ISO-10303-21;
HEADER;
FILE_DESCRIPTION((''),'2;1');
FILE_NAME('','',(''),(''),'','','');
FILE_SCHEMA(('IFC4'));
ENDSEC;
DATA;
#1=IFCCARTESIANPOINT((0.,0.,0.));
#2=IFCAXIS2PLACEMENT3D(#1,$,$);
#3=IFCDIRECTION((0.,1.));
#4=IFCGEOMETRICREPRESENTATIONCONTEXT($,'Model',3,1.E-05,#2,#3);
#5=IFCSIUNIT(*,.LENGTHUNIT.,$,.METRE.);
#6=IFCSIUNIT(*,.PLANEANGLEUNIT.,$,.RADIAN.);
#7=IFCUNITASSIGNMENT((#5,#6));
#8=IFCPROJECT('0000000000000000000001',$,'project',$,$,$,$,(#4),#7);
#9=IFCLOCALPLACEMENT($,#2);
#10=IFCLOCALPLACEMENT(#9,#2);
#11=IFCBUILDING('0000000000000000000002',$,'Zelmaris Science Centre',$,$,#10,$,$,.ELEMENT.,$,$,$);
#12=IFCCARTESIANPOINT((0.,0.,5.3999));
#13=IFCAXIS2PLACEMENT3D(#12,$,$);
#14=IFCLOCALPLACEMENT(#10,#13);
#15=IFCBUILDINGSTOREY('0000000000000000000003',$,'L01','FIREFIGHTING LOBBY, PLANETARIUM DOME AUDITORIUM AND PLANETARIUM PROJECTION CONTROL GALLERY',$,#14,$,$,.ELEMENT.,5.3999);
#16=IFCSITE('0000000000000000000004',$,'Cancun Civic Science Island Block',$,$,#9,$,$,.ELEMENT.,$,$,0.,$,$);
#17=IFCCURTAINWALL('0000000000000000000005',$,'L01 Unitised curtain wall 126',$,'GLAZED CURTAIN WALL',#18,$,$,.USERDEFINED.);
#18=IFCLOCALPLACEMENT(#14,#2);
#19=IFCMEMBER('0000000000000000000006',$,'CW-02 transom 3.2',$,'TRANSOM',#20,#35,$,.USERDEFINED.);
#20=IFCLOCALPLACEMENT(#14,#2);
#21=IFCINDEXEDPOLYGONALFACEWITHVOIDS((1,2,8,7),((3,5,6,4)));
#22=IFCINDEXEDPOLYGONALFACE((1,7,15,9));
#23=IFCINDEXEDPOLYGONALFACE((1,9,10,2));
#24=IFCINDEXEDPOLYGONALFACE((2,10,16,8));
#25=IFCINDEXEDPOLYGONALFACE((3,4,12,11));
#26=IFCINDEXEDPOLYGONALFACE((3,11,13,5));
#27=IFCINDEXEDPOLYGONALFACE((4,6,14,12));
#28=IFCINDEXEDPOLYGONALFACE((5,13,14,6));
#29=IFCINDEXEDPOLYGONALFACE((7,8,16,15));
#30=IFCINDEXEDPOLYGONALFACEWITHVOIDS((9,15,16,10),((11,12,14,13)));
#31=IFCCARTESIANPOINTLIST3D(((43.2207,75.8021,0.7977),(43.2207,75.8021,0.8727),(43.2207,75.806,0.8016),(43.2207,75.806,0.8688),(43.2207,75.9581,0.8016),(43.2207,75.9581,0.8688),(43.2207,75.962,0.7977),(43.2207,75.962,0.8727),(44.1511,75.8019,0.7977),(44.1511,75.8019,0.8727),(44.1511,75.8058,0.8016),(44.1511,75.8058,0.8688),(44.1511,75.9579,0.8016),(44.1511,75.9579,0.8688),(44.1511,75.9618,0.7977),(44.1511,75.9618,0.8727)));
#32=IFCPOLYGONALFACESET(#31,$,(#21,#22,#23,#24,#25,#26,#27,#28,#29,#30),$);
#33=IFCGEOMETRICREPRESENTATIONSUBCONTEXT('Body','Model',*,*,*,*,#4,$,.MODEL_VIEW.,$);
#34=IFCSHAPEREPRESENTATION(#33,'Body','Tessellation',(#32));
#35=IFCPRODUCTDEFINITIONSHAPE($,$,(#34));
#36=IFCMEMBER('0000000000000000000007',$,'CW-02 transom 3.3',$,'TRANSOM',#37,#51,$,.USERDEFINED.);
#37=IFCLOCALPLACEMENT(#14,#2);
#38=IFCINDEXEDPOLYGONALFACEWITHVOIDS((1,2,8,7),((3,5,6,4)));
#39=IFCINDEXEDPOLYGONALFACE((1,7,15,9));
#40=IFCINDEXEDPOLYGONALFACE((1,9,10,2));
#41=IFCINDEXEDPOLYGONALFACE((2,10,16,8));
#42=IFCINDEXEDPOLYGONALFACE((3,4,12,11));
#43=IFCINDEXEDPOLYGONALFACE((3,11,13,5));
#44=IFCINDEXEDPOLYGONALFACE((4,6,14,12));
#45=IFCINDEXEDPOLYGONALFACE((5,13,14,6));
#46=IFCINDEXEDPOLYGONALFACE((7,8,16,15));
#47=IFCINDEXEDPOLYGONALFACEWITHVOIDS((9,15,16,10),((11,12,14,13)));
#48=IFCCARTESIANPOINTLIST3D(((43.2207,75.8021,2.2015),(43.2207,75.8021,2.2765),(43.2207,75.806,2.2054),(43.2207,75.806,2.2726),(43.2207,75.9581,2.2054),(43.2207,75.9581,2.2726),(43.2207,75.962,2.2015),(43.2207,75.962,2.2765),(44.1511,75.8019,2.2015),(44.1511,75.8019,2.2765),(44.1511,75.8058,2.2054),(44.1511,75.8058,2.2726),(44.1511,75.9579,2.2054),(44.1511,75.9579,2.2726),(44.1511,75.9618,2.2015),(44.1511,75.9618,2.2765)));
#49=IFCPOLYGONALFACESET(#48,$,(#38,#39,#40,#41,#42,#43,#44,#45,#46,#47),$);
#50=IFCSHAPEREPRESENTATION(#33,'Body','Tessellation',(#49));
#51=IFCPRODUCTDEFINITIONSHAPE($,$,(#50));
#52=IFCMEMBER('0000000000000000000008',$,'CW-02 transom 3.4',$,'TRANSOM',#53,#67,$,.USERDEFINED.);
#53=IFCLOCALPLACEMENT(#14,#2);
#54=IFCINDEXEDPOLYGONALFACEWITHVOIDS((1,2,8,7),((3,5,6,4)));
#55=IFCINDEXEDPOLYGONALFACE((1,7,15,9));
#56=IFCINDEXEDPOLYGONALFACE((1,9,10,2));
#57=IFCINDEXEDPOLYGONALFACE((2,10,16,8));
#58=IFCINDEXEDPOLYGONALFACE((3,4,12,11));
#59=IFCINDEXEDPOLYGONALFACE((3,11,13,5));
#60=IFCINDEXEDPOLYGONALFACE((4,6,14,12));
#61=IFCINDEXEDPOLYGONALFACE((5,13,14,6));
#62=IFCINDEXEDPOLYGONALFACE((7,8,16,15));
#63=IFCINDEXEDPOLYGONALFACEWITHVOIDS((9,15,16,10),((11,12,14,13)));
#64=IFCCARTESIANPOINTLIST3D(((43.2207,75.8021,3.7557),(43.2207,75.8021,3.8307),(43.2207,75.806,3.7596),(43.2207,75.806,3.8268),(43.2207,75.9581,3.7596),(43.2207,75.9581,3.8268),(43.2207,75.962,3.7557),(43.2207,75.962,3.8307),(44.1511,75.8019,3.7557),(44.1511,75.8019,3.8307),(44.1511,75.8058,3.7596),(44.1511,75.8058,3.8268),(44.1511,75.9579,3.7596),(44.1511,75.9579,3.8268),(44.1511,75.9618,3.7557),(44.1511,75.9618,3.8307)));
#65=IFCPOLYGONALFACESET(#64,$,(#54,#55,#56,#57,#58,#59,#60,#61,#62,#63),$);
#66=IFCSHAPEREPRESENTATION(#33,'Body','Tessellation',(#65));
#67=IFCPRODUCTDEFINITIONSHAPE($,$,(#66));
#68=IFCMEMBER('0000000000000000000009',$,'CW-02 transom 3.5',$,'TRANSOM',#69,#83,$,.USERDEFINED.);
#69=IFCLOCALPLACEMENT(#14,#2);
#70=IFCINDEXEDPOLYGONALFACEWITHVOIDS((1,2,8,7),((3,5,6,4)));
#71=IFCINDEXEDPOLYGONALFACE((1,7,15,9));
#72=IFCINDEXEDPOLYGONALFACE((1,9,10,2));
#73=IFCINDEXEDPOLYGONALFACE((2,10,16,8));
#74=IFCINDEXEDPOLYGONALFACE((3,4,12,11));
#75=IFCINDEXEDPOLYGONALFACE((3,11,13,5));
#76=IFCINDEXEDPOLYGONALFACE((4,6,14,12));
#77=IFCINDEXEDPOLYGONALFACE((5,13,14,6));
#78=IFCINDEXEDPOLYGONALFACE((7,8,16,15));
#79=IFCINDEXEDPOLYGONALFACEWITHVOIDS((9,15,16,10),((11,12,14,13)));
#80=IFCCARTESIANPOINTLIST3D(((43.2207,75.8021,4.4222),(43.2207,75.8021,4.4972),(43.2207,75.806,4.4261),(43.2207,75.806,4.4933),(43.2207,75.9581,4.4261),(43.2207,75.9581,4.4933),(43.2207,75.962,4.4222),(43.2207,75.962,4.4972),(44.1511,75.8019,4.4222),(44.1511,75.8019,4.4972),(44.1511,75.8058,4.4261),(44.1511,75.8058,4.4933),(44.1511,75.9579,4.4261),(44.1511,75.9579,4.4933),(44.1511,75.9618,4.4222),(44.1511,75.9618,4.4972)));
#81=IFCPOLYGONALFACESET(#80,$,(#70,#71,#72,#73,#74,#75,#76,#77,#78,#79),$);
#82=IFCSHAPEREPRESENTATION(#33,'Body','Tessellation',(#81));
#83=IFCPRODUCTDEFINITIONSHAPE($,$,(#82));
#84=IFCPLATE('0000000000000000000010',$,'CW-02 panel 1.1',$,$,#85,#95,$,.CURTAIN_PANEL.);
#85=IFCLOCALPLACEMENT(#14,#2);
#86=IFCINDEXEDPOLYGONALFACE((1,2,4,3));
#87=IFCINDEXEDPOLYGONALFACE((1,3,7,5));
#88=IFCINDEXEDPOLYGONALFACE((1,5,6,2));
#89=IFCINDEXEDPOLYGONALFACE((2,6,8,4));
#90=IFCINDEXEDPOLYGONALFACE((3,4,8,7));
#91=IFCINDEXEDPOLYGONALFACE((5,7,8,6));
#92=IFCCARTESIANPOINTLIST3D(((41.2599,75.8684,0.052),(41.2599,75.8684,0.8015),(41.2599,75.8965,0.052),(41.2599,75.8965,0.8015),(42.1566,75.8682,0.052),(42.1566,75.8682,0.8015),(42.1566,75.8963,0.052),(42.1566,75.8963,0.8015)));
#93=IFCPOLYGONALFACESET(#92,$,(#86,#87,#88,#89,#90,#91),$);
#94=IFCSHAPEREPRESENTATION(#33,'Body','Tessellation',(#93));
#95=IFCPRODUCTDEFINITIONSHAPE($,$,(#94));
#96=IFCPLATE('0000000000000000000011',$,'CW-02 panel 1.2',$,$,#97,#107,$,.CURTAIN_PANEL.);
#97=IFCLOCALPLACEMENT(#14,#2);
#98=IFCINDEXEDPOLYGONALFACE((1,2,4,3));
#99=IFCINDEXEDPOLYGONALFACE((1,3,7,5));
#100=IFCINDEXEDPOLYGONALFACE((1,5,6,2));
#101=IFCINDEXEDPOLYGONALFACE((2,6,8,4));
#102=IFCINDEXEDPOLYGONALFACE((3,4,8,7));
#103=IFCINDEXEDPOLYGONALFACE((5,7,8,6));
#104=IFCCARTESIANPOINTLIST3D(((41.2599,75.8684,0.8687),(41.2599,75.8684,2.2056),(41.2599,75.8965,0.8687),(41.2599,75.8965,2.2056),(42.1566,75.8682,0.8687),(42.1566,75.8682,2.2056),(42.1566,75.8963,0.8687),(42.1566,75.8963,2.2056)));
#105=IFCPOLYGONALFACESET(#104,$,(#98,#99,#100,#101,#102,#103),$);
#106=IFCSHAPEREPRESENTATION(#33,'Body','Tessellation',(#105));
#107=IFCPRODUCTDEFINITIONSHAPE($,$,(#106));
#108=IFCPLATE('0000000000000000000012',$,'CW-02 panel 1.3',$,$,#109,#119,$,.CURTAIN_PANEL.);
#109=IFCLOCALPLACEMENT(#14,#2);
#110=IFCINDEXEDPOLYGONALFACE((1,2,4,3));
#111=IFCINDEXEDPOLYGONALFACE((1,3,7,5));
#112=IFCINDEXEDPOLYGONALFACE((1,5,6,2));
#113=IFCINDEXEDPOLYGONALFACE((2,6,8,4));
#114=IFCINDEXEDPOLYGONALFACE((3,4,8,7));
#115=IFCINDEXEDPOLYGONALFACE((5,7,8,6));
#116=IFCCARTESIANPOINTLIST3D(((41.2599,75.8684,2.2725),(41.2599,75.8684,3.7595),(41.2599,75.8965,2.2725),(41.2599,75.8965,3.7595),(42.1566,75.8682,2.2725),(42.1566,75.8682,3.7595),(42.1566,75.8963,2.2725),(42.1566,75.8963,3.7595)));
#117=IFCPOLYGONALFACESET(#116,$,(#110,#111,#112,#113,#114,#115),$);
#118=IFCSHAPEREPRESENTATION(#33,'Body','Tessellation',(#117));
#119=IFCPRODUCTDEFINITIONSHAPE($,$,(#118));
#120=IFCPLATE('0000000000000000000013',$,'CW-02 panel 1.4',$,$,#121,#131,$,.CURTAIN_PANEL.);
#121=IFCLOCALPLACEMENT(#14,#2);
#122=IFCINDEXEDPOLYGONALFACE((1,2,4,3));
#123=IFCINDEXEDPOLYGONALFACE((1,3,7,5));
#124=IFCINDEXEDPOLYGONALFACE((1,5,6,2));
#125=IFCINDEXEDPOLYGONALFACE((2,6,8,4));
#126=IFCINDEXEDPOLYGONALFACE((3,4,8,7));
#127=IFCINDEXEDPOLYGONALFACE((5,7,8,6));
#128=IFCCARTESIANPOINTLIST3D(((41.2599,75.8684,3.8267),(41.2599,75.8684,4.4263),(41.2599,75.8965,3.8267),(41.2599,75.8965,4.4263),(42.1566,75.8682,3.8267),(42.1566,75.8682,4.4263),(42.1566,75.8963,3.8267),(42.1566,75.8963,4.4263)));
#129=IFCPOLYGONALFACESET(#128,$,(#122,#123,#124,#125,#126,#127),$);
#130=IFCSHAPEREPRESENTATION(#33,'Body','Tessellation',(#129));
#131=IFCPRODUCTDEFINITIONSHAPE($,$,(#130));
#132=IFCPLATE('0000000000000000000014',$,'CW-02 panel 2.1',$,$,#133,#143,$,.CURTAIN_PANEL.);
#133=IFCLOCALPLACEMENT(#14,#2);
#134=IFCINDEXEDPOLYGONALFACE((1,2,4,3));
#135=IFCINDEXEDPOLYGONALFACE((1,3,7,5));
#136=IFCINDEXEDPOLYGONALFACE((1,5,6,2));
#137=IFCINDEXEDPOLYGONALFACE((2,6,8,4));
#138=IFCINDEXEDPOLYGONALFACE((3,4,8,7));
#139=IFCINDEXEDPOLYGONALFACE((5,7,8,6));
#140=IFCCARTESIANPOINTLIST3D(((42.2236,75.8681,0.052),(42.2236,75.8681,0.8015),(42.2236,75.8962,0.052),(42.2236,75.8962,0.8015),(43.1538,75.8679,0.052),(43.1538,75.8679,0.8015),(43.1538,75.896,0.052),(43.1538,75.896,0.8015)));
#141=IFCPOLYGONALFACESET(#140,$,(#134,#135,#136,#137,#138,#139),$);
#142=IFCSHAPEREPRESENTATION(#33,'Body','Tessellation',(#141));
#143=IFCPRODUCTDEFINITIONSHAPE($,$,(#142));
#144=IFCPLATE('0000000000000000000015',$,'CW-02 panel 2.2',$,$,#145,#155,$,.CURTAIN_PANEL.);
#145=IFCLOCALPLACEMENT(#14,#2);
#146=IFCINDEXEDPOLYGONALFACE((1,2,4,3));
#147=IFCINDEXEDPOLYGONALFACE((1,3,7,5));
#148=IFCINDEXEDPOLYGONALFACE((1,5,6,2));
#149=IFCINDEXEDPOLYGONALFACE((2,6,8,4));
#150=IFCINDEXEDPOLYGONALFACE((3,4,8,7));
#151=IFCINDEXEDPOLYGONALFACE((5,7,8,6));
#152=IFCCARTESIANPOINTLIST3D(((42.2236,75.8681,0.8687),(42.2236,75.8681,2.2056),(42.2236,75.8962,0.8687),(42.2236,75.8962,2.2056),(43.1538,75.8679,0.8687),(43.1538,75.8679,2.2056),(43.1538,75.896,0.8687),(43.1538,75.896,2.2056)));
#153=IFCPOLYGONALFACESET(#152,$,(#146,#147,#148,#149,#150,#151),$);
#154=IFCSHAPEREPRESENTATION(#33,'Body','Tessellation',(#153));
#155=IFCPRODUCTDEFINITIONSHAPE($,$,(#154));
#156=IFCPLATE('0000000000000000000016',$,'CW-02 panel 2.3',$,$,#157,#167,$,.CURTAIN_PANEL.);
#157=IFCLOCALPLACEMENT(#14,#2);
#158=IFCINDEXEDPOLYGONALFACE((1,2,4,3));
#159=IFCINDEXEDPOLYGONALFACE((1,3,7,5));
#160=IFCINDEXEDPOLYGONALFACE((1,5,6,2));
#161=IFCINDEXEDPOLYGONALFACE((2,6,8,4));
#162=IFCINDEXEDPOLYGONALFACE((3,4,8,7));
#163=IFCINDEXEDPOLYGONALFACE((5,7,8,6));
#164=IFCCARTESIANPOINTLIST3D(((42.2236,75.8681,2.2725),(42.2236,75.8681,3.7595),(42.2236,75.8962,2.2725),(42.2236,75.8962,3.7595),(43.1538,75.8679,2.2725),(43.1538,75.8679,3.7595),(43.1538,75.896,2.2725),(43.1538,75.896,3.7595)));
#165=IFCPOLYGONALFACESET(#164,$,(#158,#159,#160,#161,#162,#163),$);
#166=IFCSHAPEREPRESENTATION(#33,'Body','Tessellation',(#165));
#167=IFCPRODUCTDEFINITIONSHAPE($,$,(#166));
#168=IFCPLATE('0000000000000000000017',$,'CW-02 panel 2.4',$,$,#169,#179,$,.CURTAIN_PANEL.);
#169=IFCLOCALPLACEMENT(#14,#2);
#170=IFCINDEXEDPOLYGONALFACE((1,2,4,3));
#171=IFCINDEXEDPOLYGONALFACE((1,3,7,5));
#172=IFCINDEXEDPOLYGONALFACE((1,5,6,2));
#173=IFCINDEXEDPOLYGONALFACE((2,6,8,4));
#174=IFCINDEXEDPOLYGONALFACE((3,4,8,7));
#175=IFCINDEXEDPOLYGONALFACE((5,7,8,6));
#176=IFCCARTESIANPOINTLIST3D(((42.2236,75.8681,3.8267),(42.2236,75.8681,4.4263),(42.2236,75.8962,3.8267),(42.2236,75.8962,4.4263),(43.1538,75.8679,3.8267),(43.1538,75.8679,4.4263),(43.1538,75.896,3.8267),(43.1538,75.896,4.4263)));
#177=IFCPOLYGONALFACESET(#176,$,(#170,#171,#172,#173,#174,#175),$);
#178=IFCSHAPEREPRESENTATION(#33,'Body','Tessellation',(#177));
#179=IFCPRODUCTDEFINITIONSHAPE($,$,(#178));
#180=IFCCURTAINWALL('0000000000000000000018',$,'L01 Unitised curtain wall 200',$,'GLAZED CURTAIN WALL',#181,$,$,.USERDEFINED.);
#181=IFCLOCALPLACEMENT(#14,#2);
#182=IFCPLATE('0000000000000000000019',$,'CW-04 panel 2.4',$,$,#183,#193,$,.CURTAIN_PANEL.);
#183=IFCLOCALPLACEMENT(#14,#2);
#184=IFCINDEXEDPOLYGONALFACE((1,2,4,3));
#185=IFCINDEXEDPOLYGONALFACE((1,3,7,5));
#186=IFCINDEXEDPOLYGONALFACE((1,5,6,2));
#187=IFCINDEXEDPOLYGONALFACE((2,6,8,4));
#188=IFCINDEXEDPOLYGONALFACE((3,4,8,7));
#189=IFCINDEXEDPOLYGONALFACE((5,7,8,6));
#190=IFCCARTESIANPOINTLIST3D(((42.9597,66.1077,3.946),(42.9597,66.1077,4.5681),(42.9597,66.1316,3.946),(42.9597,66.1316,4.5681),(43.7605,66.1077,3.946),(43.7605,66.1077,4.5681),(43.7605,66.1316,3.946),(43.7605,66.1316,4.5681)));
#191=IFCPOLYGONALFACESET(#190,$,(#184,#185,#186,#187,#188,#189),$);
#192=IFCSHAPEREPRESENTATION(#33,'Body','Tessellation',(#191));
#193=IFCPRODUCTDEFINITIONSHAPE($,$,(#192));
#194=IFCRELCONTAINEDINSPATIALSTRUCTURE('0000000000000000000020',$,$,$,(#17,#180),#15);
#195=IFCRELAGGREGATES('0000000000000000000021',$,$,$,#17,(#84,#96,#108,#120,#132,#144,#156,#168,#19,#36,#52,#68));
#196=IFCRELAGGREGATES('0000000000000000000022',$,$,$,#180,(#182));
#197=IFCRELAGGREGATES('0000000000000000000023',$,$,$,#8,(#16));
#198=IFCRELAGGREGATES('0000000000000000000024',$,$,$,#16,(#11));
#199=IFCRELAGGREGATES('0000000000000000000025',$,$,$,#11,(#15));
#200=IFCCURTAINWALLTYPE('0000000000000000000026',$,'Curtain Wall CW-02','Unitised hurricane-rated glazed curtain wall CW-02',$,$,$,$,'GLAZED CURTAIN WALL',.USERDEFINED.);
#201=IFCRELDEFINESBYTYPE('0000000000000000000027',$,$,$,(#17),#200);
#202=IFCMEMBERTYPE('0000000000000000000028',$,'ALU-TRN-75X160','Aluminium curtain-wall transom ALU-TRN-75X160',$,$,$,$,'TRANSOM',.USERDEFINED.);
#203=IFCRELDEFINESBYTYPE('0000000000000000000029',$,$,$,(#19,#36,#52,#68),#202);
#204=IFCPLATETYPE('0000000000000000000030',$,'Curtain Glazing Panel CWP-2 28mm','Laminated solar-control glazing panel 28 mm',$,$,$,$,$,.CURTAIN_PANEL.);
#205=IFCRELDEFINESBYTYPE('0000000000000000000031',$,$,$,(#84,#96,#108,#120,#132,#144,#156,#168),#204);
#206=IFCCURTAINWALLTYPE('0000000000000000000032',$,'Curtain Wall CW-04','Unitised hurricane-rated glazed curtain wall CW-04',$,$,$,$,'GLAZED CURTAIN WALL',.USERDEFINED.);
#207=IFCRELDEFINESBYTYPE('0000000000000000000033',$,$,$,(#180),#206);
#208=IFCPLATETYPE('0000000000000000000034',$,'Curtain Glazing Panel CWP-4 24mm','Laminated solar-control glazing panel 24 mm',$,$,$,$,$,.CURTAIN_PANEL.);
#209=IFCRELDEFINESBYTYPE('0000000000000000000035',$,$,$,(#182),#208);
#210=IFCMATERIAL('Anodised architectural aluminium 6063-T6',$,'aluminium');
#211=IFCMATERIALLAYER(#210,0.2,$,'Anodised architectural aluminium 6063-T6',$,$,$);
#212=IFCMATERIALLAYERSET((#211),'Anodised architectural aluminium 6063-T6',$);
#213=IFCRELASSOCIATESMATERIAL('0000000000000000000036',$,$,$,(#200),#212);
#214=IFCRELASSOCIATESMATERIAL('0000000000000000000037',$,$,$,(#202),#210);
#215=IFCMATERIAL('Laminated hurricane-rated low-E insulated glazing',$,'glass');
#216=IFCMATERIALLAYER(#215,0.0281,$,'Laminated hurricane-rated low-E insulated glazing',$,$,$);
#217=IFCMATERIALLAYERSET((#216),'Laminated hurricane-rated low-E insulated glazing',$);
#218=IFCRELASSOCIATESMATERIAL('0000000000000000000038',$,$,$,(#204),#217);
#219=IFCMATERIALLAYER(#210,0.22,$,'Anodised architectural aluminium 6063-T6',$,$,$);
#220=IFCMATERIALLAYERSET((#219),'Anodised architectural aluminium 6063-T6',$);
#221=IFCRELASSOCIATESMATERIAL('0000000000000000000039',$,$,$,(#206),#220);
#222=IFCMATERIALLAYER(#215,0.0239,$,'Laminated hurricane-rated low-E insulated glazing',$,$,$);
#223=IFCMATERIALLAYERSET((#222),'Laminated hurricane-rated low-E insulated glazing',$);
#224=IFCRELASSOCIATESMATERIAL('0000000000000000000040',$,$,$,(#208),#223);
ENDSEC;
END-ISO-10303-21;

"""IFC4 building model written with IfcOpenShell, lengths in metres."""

from ifc_helpers import new_model, si_unit, direction, frame, origin, origin_2d, place, context, subcontext, project, spatial, rectangle, hollow_rectangle, extrude, material, layer, layer_set, material_profile, profile_set, type_object, element, aggregate, save


model = new_model("IFC4")

# Units and contexts
model_context = context("Model", 3, precision=1e-05, world=origin(), true_north=direction((0.0, 1.0)))
body_context = subcontext(model_context, "Body", "Model", "MODEL_VIEW")
ifc_project = project(units=[si_unit("LENGTHUNIT", "METRE"), si_unit("PLANEANGLEUNIT", "RADIAN")], contexts=[model_context])

# Site, building, storey
site_placement = place(None, origin())
site = spatial("IfcSite", under=ifc_project, at=site_placement, Name="Cancun Civic Science Island Block", CompositionType="ELEMENT", RefElevation=0.0)
building_placement = place(site_placement, origin())
building = spatial("IfcBuilding", under=site, at=building_placement, Name="Zelmaris Science Centre", CompositionType="ELEMENT")
storey_placement = place(building_placement, frame((0.0, 0.0, 5.3999)))
storey = spatial("IfcBuildingStorey", under=building, at=storey_placement, Name="L01", Description="FIREFIGHTING LOBBY, PLANETARIUM DOME AUDITORIUM AND PLANETARIUM PROJECTION CONTROL GALLERY", CompositionType="ELEMENT", Elevation=5.3999)

# Curtain wall, members, plates
ifc_material_1 = material(Name="Anodised architectural aluminium 6063-T6", Category="aluminium")
ifc_layer_1 = layer(ifc_material_1, 0.2, Name="Anodised architectural aluminium 6063-T6")
ifc_layer_set_1 = layer_set([ifc_layer_1], Name="Anodised architectural aluminium 6063-T6")
curtain_wall_type_1 = type_object("IfcCurtainWallType", Name="Curtain Wall CW-02", Description="Unitised hurricane-rated glazed curtain wall CW-02", ElementType="GLAZED CURTAIN WALL", PredefinedType="USERDEFINED", material=ifc_layer_set_1)
curtain_wall_1_placement = place(storey_placement, origin())
curtain_wall_1 = element("IfcCurtainWall", 1, at=curtain_wall_1_placement, inside=storey, type_object=curtain_wall_type_1, Name="L01 Unitised curtain wall 126", ObjectType="GLAZED CURTAIN WALL", PredefinedType="USERDEFINED")
ifc_material_profile_1 = material_profile(ifc_material_1, hollow_rectangle(XDim=0.075, YDim=0.1599, WallThickness=0.0039, at=origin_2d()), Name="ALU-TRN-75X160")
ifc_profile_set_1 = profile_set([ifc_material_profile_1], Name="Anodised architectural aluminium 6063-T6")
member_type_1 = type_object("IfcMemberType", Name="ALU-TRN-75X160", Description="Aluminium curtain-wall transom ALU-TRN-75X160", ElementType="TRANSOM", PredefinedType="USERDEFINED", material=ifc_profile_set_1)
member_1_placement = place(storey_placement, frame((43.2207, 75.8821, 0.8352), z_axis=(1.0, -0.000262, 0.0), x_axis=(0.0, 0.0, 1.0)))
member_1 = element("IfcMember", 2, at=member_1_placement, type_object=member_type_1, Name="CW-02 transom 3.2", ObjectType="TRANSOM", PredefinedType="USERDEFINED", context=body_context, shape_type="SweptSolid", body=[
    extrude(hollow_rectangle(XDim=0.075, YDim=0.1599, WallThickness=0.0039, at=origin_2d()), origin(), (0.0, 0.0, 1.0), 0.9304),
])
member_2_placement = place(storey_placement, frame((43.2207, 75.8821, 2.239), z_axis=(1.0, -0.000262, 0.0), x_axis=(0.0, 0.0, 1.0)))
member_2 = element("IfcMember", 3, at=member_2_placement, type_object=member_type_1, Name="CW-02 transom 3.3", ObjectType="TRANSOM", PredefinedType="USERDEFINED", context=body_context, shape_type="SweptSolid", body=[
    extrude(hollow_rectangle(XDim=0.075, YDim=0.1599, WallThickness=0.0039, at=origin_2d()), origin(), (0.0, 0.0, 1.0), 0.9304),
])
member_3_placement = place(storey_placement, frame((43.2207, 75.8821, 3.7932), z_axis=(1.0, -0.000262, 0.0), x_axis=(0.0, 0.0, 1.0)))
member_3 = element("IfcMember", 4, at=member_3_placement, type_object=member_type_1, Name="CW-02 transom 3.4", ObjectType="TRANSOM", PredefinedType="USERDEFINED", context=body_context, shape_type="SweptSolid", body=[
    extrude(hollow_rectangle(XDim=0.075, YDim=0.1599, WallThickness=0.0039, at=origin_2d()), origin(), (0.0, 0.0, 1.0), 0.9304),
])
member_4_placement = place(storey_placement, frame((43.2207, 75.8821, 4.4597), z_axis=(1.0, -0.000262, 0.0), x_axis=(0.0, 0.0, 1.0)))
member_4 = element("IfcMember", 5, at=member_4_placement, type_object=member_type_1, Name="CW-02 transom 3.5", ObjectType="TRANSOM", PredefinedType="USERDEFINED", context=body_context, shape_type="SweptSolid", body=[
    extrude(hollow_rectangle(XDim=0.075, YDim=0.1599, WallThickness=0.0039, at=origin_2d()), origin(), (0.0, 0.0, 1.0), 0.9304),
])
ifc_material_2 = material(Name="Laminated hurricane-rated low-E insulated glazing", Category="glass")
ifc_layer_2 = layer(ifc_material_2, 0.0281, Name="Laminated hurricane-rated low-E insulated glazing")
ifc_layer_set_2 = layer_set([ifc_layer_2], Name="Laminated hurricane-rated low-E insulated glazing")
plate_type_1 = type_object("IfcPlateType", Name="Curtain Glazing Panel CWP-2 28mm", Description="Laminated solar-control glazing panel 28 mm", PredefinedType="CURTAIN_PANEL", material=ifc_layer_set_2)
plate_1_placement = place(storey_placement, frame((41.7083, 75.8823, 0.052), z_axis=(0.0, 0.0, 1.0), x_axis=(1.0, -0.000201, 0.0)))
plate_1 = element("IfcPlate", 6, at=plate_1_placement, type_object=plate_type_1, Name="CW-02 panel 1.1", PredefinedType="CURTAIN_PANEL", context=body_context, shape_type="SweptSolid", body=[
    extrude(rectangle(XDim=0.8967, YDim=0.0281, at=origin_2d()), origin(), (0.0, 0.0, 1.0), 0.7495),
])
plate_2_placement = place(storey_placement, frame((41.7083, 75.8823, 0.8687), z_axis=(0.0, 0.0, 1.0), x_axis=(1.0, -0.000201, 0.0)))
plate_2 = element("IfcPlate", 7, at=plate_2_placement, type_object=plate_type_1, Name="CW-02 panel 1.2", PredefinedType="CURTAIN_PANEL", context=body_context, shape_type="SweptSolid", body=[
    extrude(rectangle(XDim=0.8967, YDim=0.0281, at=origin_2d()), origin(), (0.0, 0.0, 1.0), 1.3369),
])
plate_3_placement = place(storey_placement, frame((41.7083, 75.8823, 2.2725), z_axis=(0.0, 0.0, 1.0), x_axis=(1.0, -0.000201, 0.0)))
plate_3 = element("IfcPlate", 8, at=plate_3_placement, type_object=plate_type_1, Name="CW-02 panel 1.3", PredefinedType="CURTAIN_PANEL", context=body_context, shape_type="SweptSolid", body=[
    extrude(rectangle(XDim=0.8967, YDim=0.0281, at=origin_2d()), origin(), (0.0, 0.0, 1.0), 1.4871),
])
plate_4_placement = place(storey_placement, frame((41.7083, 75.8823, 3.8267), z_axis=(0.0, 0.0, 1.0), x_axis=(1.0, -0.000201, 0.0)))
plate_4 = element("IfcPlate", 9, at=plate_4_placement, type_object=plate_type_1, Name="CW-02 panel 1.4", PredefinedType="CURTAIN_PANEL", context=body_context, shape_type="SweptSolid", body=[
    extrude(rectangle(XDim=0.8967, YDim=0.0281, at=origin_2d()), origin(), (0.0, 0.0, 1.0), 0.5996),
])
plate_5_placement = place(storey_placement, frame((42.6887, 75.8821, 0.052), z_axis=(0.0, 0.0, 1.0), x_axis=(1.0, -0.000201, 0.0)))
plate_5 = element("IfcPlate", 10, at=plate_5_placement, type_object=plate_type_1, Name="CW-02 panel 2.1", PredefinedType="CURTAIN_PANEL", context=body_context, shape_type="SweptSolid", body=[
    extrude(rectangle(XDim=0.9302, YDim=0.0281, at=origin_2d()), origin(), (0.0, 0.0, 1.0), 0.7495),
])
plate_6_placement = place(storey_placement, frame((42.6887, 75.8821, 0.8687), z_axis=(0.0, 0.0, 1.0), x_axis=(1.0, -0.000201, 0.0)))
plate_6 = element("IfcPlate", 11, at=plate_6_placement, type_object=plate_type_1, Name="CW-02 panel 2.2", PredefinedType="CURTAIN_PANEL", context=body_context, shape_type="SweptSolid", body=[
    extrude(rectangle(XDim=0.9302, YDim=0.0281, at=origin_2d()), origin(), (0.0, 0.0, 1.0), 1.3369),
])
plate_7_placement = place(storey_placement, frame((42.6887, 75.8821, 2.2725), z_axis=(0.0, 0.0, 1.0), x_axis=(1.0, -0.000201, 0.0)))
plate_7 = element("IfcPlate", 12, at=plate_7_placement, type_object=plate_type_1, Name="CW-02 panel 2.3", PredefinedType="CURTAIN_PANEL", context=body_context, shape_type="SweptSolid", body=[
    extrude(rectangle(XDim=0.9302, YDim=0.0281, at=origin_2d()), origin(), (0.0, 0.0, 1.0), 1.4871),
])
plate_8_placement = place(storey_placement, frame((42.6887, 75.8821, 3.8267), z_axis=(0.0, 0.0, 1.0), x_axis=(1.0, -0.000201, 0.0)))
plate_8 = element("IfcPlate", 13, at=plate_8_placement, type_object=plate_type_1, Name="CW-02 panel 2.4", PredefinedType="CURTAIN_PANEL", context=body_context, shape_type="SweptSolid", body=[
    extrude(rectangle(XDim=0.9302, YDim=0.0281, at=origin_2d()), origin(), (0.0, 0.0, 1.0), 0.5996),
])
aggregate(curtain_wall_1, [plate_1, plate_2, plate_3, plate_4, plate_5, plate_6, plate_7, plate_8, member_1, member_2, member_3, member_4])

# Curtain wall, plate
ifc_layer_3 = layer(ifc_material_1, 0.22, Name="Anodised architectural aluminium 6063-T6")
ifc_layer_set_3 = layer_set([ifc_layer_3], Name="Anodised architectural aluminium 6063-T6")
curtain_wall_type_2 = type_object("IfcCurtainWallType", Name="Curtain Wall CW-04", Description="Unitised hurricane-rated glazed curtain wall CW-04", ElementType="GLAZED CURTAIN WALL", PredefinedType="USERDEFINED", material=ifc_layer_set_3)
curtain_wall_2_placement = place(storey_placement, origin())
curtain_wall_2 = element("IfcCurtainWall", 14, at=curtain_wall_2_placement, inside=storey, type_object=curtain_wall_type_2, Name="L01 Unitised curtain wall 200", ObjectType="GLAZED CURTAIN WALL", PredefinedType="USERDEFINED")
ifc_layer_4 = layer(ifc_material_2, 0.0239, Name="Laminated hurricane-rated low-E insulated glazing")
ifc_layer_set_4 = layer_set([ifc_layer_4], Name="Laminated hurricane-rated low-E insulated glazing")
plate_type_2 = type_object("IfcPlateType", Name="Curtain Glazing Panel CWP-4 24mm", Description="Laminated solar-control glazing panel 24 mm", PredefinedType="CURTAIN_PANEL", material=ifc_layer_set_4)
plate_9_placement = place(storey_placement, frame((43.3601, 66.1196, 3.946), z_axis=(0.0, 0.0, 1.0), x_axis=(-1.0, 0.0, 0.0)))
plate_9 = element("IfcPlate", 15, at=plate_9_placement, type_object=plate_type_2, Name="CW-04 panel 2.4", PredefinedType="CURTAIN_PANEL", context=body_context, shape_type="SweptSolid", body=[
    extrude(rectangle(XDim=0.8008, YDim=0.0239, at=origin_2d()), origin(), (0.0, 0.0, 1.0), 0.6221),
])
aggregate(curtain_wall_2, [plate_9])

save(model, "model.ifc")
